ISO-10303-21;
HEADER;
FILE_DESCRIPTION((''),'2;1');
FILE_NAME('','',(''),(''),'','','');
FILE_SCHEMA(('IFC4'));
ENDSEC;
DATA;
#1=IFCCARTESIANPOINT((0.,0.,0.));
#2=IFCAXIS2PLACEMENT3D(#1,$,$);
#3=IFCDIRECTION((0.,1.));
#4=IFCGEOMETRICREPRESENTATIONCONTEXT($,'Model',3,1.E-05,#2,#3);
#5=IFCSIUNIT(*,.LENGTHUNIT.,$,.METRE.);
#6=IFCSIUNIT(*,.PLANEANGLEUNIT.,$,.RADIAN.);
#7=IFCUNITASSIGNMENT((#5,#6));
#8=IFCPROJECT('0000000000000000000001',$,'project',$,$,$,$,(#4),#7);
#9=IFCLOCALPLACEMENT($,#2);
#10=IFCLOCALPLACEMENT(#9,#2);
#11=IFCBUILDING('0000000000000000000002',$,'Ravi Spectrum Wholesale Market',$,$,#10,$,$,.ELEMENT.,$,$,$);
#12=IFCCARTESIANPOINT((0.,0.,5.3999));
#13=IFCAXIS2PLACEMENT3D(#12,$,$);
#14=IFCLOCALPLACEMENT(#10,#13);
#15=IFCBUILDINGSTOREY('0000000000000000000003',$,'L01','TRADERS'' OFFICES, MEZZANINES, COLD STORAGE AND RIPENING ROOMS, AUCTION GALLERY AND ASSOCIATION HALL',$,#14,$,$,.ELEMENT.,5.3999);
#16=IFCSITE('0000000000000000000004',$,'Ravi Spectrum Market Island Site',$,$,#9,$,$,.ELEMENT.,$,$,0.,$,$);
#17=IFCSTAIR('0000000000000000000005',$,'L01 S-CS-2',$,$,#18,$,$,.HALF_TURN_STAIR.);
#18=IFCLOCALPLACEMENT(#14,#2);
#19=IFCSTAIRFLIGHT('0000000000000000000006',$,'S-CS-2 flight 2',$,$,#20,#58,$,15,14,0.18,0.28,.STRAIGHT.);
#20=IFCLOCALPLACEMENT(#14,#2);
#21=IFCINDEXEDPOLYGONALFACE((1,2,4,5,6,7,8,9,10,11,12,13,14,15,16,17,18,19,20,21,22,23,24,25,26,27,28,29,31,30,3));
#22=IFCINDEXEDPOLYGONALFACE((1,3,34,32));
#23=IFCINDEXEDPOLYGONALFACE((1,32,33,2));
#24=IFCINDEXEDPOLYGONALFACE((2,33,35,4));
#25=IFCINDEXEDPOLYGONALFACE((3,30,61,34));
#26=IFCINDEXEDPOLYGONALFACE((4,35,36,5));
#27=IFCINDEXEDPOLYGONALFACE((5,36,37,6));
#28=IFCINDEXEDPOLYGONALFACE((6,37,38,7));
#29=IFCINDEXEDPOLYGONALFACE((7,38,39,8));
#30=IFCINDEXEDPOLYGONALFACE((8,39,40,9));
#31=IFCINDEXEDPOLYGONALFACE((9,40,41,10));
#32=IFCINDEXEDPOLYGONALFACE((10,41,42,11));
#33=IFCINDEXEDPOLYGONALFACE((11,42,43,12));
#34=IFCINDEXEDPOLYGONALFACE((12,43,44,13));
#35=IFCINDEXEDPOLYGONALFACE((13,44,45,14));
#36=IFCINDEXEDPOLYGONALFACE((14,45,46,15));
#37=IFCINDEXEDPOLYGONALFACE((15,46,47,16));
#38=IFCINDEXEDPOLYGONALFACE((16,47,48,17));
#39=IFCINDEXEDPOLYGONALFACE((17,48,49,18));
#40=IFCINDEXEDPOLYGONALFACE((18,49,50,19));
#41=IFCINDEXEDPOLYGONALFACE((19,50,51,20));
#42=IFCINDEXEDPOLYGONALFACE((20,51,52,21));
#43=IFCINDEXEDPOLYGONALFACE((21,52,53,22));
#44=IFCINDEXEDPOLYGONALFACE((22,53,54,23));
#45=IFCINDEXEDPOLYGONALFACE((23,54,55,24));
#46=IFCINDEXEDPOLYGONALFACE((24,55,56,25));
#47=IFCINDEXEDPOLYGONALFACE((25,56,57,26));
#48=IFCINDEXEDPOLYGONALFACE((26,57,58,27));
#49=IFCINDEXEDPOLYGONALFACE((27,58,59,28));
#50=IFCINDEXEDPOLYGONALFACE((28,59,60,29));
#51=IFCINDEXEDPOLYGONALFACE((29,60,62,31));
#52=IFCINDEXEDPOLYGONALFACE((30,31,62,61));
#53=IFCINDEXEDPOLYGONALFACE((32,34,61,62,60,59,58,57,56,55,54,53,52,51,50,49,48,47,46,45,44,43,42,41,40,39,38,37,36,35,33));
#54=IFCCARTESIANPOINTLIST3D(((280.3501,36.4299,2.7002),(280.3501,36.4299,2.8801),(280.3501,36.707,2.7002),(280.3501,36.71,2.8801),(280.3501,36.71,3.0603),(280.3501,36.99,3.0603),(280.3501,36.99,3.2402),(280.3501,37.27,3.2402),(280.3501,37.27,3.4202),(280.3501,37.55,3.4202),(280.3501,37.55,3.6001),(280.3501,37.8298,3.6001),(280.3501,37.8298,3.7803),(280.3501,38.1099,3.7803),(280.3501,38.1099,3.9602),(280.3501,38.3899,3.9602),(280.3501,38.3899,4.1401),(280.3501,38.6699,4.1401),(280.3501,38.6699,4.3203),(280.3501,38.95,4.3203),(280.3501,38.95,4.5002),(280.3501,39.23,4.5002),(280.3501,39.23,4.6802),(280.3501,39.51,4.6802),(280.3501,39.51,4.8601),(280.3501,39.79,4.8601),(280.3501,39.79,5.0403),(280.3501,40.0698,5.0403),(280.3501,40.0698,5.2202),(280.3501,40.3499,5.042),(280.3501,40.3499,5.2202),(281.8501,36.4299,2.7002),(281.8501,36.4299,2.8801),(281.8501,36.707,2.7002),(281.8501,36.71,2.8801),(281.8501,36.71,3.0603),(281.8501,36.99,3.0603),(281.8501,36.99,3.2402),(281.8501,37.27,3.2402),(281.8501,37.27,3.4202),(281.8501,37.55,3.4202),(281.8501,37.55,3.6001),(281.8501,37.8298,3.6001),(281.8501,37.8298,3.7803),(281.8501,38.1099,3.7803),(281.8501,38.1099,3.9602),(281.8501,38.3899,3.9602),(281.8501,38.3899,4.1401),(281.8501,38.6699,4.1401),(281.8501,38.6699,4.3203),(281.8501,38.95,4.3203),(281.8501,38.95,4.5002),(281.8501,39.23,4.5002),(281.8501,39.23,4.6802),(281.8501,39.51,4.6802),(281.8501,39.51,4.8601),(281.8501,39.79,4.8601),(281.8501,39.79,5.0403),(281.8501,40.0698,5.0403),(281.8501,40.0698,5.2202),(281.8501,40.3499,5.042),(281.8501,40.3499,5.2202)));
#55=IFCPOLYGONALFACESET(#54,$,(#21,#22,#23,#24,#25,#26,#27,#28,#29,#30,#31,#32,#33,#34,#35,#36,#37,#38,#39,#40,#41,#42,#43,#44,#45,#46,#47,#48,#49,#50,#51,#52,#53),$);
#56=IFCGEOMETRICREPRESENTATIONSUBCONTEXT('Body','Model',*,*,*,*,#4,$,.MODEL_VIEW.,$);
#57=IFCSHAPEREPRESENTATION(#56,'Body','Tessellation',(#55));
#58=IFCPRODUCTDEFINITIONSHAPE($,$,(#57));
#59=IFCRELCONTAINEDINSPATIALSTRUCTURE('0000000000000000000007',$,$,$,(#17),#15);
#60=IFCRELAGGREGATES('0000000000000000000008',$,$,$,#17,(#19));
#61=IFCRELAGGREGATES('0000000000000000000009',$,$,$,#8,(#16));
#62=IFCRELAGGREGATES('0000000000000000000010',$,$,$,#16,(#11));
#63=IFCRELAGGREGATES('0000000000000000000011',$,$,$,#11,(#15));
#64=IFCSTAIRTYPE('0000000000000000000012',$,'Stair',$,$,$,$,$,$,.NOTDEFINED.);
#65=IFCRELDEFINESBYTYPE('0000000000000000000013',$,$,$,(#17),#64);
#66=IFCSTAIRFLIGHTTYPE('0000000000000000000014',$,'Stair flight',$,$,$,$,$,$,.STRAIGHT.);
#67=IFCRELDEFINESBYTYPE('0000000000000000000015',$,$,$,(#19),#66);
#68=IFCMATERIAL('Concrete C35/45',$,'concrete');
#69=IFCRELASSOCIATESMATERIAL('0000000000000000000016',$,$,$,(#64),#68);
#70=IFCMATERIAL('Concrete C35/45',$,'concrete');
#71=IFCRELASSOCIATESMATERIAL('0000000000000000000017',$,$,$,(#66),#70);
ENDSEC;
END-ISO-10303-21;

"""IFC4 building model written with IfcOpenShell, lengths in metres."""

from ifc_helpers import new_model, si_unit, direction, frame, origin, place, context, subcontext, project, spatial, polyline, outline, extrude, material, type_object, element, aggregate, save


model = new_model("IFC4")

# Units and contexts
model_context = context("Model", 3, precision=1e-05, world=origin(), true_north=direction((0.0, 1.0)))
body_context = subcontext(model_context, "Body", "Model", "MODEL_VIEW")
ifc_project = project(units=[si_unit("LENGTHUNIT", "METRE"), si_unit("PLANEANGLEUNIT", "RADIAN")], contexts=[model_context])

# Site, building, storey
site_placement = place(None, origin())
site = spatial("IfcSite", under=ifc_project, at=site_placement, Name="Ravi Spectrum Market Island Site", CompositionType="ELEMENT", RefElevation=0.0)
building_placement = place(site_placement, origin())
building = spatial("IfcBuilding", under=site, at=building_placement, Name="Ravi Spectrum Wholesale Market", CompositionType="ELEMENT")
storey_placement = place(building_placement, frame((0.0, 0.0, 5.3999)))
storey = spatial("IfcBuildingStorey", under=building, at=storey_placement, Name="L01", Description="TRADERS' OFFICES, MEZZANINES, COLD STORAGE AND RIPENING ROOMS, AUCTION GALLERY AND ASSOCIATION HALL", CompositionType="ELEMENT", Elevation=5.3999)

# Stair, stair flight
ifc_material_1 = material(Name="Concrete C35/45", Category="concrete")
stair_type = type_object("IfcStairType", Name="Stair", PredefinedType="NOTDEFINED", material=ifc_material_1)
stair_placement = place(storey_placement, origin())
stair = element("IfcStair", 1, at=stair_placement, inside=storey, type_object=stair_type, Name="L01 S-CS-2", PredefinedType="HALF_TURN_STAIR")
ifc_material_2 = material(Name="Concrete C35/45", Category="concrete")
stair_flight_type = type_object("IfcStairFlightType", Name="Stair flight", PredefinedType="STRAIGHT", material=ifc_material_2)
stair_flight_1_placement = place(storey_placement, frame((281.1001, 36.4299, 2.7002), z_axis=(0.0, 0.0, 1.0), x_axis=(0.0, 1.0, 0.0)))
stair_flight_1 = element("IfcStairFlight", 2, at=stair_flight_1_placement, type_object=stair_flight_type, Name="S-CS-2 flight 2", NumberOfRisers=15, NumberOfTreads=14, PredefinedType="STRAIGHT", RiserHeight=0.18, TreadLength=0.28, context=body_context, shape_type="SweptSolid", body=[
    extrude(outline(polyline([(0.0, 0.0), (0.0, 0.1799), (0.28, 0.1799), (0.28, 0.3601), (0.5601, 0.3601), (0.5601, 0.54), (0.8401, 0.54), (0.8401, 0.72), (1.1201, 0.72), (1.1201, 0.8999), (1.3999, 0.8999), (1.3999, 1.0801), (1.6799, 1.0801), (1.6799, 1.26), (1.96, 1.26), (1.96, 1.4399), (2.24, 1.4399), (2.24, 1.6201), (2.52, 1.6201), (2.52, 1.8), (2.8, 1.8), (2.8, 1.98), (3.0801, 1.98), (3.0801, 2.1599), (3.3601, 2.1599), (3.3601, 2.3401), (3.6399, 2.3401), (3.6399, 2.52), (3.9199, 2.52), (3.9199, 2.7), (3.9199, 2.3418), (0.2771, 0.0), (0.0, 0.0)])), frame((0.0, 0.75, 0.0), z_axis=(0.0, -1.0, 0.0), x_axis=(1.0, 0.0, 0.0)), (0.0, 0.0, 1.0), 1.5),
])
aggregate(stair, [stair_flight_1])

save(model, "model.ifc")
